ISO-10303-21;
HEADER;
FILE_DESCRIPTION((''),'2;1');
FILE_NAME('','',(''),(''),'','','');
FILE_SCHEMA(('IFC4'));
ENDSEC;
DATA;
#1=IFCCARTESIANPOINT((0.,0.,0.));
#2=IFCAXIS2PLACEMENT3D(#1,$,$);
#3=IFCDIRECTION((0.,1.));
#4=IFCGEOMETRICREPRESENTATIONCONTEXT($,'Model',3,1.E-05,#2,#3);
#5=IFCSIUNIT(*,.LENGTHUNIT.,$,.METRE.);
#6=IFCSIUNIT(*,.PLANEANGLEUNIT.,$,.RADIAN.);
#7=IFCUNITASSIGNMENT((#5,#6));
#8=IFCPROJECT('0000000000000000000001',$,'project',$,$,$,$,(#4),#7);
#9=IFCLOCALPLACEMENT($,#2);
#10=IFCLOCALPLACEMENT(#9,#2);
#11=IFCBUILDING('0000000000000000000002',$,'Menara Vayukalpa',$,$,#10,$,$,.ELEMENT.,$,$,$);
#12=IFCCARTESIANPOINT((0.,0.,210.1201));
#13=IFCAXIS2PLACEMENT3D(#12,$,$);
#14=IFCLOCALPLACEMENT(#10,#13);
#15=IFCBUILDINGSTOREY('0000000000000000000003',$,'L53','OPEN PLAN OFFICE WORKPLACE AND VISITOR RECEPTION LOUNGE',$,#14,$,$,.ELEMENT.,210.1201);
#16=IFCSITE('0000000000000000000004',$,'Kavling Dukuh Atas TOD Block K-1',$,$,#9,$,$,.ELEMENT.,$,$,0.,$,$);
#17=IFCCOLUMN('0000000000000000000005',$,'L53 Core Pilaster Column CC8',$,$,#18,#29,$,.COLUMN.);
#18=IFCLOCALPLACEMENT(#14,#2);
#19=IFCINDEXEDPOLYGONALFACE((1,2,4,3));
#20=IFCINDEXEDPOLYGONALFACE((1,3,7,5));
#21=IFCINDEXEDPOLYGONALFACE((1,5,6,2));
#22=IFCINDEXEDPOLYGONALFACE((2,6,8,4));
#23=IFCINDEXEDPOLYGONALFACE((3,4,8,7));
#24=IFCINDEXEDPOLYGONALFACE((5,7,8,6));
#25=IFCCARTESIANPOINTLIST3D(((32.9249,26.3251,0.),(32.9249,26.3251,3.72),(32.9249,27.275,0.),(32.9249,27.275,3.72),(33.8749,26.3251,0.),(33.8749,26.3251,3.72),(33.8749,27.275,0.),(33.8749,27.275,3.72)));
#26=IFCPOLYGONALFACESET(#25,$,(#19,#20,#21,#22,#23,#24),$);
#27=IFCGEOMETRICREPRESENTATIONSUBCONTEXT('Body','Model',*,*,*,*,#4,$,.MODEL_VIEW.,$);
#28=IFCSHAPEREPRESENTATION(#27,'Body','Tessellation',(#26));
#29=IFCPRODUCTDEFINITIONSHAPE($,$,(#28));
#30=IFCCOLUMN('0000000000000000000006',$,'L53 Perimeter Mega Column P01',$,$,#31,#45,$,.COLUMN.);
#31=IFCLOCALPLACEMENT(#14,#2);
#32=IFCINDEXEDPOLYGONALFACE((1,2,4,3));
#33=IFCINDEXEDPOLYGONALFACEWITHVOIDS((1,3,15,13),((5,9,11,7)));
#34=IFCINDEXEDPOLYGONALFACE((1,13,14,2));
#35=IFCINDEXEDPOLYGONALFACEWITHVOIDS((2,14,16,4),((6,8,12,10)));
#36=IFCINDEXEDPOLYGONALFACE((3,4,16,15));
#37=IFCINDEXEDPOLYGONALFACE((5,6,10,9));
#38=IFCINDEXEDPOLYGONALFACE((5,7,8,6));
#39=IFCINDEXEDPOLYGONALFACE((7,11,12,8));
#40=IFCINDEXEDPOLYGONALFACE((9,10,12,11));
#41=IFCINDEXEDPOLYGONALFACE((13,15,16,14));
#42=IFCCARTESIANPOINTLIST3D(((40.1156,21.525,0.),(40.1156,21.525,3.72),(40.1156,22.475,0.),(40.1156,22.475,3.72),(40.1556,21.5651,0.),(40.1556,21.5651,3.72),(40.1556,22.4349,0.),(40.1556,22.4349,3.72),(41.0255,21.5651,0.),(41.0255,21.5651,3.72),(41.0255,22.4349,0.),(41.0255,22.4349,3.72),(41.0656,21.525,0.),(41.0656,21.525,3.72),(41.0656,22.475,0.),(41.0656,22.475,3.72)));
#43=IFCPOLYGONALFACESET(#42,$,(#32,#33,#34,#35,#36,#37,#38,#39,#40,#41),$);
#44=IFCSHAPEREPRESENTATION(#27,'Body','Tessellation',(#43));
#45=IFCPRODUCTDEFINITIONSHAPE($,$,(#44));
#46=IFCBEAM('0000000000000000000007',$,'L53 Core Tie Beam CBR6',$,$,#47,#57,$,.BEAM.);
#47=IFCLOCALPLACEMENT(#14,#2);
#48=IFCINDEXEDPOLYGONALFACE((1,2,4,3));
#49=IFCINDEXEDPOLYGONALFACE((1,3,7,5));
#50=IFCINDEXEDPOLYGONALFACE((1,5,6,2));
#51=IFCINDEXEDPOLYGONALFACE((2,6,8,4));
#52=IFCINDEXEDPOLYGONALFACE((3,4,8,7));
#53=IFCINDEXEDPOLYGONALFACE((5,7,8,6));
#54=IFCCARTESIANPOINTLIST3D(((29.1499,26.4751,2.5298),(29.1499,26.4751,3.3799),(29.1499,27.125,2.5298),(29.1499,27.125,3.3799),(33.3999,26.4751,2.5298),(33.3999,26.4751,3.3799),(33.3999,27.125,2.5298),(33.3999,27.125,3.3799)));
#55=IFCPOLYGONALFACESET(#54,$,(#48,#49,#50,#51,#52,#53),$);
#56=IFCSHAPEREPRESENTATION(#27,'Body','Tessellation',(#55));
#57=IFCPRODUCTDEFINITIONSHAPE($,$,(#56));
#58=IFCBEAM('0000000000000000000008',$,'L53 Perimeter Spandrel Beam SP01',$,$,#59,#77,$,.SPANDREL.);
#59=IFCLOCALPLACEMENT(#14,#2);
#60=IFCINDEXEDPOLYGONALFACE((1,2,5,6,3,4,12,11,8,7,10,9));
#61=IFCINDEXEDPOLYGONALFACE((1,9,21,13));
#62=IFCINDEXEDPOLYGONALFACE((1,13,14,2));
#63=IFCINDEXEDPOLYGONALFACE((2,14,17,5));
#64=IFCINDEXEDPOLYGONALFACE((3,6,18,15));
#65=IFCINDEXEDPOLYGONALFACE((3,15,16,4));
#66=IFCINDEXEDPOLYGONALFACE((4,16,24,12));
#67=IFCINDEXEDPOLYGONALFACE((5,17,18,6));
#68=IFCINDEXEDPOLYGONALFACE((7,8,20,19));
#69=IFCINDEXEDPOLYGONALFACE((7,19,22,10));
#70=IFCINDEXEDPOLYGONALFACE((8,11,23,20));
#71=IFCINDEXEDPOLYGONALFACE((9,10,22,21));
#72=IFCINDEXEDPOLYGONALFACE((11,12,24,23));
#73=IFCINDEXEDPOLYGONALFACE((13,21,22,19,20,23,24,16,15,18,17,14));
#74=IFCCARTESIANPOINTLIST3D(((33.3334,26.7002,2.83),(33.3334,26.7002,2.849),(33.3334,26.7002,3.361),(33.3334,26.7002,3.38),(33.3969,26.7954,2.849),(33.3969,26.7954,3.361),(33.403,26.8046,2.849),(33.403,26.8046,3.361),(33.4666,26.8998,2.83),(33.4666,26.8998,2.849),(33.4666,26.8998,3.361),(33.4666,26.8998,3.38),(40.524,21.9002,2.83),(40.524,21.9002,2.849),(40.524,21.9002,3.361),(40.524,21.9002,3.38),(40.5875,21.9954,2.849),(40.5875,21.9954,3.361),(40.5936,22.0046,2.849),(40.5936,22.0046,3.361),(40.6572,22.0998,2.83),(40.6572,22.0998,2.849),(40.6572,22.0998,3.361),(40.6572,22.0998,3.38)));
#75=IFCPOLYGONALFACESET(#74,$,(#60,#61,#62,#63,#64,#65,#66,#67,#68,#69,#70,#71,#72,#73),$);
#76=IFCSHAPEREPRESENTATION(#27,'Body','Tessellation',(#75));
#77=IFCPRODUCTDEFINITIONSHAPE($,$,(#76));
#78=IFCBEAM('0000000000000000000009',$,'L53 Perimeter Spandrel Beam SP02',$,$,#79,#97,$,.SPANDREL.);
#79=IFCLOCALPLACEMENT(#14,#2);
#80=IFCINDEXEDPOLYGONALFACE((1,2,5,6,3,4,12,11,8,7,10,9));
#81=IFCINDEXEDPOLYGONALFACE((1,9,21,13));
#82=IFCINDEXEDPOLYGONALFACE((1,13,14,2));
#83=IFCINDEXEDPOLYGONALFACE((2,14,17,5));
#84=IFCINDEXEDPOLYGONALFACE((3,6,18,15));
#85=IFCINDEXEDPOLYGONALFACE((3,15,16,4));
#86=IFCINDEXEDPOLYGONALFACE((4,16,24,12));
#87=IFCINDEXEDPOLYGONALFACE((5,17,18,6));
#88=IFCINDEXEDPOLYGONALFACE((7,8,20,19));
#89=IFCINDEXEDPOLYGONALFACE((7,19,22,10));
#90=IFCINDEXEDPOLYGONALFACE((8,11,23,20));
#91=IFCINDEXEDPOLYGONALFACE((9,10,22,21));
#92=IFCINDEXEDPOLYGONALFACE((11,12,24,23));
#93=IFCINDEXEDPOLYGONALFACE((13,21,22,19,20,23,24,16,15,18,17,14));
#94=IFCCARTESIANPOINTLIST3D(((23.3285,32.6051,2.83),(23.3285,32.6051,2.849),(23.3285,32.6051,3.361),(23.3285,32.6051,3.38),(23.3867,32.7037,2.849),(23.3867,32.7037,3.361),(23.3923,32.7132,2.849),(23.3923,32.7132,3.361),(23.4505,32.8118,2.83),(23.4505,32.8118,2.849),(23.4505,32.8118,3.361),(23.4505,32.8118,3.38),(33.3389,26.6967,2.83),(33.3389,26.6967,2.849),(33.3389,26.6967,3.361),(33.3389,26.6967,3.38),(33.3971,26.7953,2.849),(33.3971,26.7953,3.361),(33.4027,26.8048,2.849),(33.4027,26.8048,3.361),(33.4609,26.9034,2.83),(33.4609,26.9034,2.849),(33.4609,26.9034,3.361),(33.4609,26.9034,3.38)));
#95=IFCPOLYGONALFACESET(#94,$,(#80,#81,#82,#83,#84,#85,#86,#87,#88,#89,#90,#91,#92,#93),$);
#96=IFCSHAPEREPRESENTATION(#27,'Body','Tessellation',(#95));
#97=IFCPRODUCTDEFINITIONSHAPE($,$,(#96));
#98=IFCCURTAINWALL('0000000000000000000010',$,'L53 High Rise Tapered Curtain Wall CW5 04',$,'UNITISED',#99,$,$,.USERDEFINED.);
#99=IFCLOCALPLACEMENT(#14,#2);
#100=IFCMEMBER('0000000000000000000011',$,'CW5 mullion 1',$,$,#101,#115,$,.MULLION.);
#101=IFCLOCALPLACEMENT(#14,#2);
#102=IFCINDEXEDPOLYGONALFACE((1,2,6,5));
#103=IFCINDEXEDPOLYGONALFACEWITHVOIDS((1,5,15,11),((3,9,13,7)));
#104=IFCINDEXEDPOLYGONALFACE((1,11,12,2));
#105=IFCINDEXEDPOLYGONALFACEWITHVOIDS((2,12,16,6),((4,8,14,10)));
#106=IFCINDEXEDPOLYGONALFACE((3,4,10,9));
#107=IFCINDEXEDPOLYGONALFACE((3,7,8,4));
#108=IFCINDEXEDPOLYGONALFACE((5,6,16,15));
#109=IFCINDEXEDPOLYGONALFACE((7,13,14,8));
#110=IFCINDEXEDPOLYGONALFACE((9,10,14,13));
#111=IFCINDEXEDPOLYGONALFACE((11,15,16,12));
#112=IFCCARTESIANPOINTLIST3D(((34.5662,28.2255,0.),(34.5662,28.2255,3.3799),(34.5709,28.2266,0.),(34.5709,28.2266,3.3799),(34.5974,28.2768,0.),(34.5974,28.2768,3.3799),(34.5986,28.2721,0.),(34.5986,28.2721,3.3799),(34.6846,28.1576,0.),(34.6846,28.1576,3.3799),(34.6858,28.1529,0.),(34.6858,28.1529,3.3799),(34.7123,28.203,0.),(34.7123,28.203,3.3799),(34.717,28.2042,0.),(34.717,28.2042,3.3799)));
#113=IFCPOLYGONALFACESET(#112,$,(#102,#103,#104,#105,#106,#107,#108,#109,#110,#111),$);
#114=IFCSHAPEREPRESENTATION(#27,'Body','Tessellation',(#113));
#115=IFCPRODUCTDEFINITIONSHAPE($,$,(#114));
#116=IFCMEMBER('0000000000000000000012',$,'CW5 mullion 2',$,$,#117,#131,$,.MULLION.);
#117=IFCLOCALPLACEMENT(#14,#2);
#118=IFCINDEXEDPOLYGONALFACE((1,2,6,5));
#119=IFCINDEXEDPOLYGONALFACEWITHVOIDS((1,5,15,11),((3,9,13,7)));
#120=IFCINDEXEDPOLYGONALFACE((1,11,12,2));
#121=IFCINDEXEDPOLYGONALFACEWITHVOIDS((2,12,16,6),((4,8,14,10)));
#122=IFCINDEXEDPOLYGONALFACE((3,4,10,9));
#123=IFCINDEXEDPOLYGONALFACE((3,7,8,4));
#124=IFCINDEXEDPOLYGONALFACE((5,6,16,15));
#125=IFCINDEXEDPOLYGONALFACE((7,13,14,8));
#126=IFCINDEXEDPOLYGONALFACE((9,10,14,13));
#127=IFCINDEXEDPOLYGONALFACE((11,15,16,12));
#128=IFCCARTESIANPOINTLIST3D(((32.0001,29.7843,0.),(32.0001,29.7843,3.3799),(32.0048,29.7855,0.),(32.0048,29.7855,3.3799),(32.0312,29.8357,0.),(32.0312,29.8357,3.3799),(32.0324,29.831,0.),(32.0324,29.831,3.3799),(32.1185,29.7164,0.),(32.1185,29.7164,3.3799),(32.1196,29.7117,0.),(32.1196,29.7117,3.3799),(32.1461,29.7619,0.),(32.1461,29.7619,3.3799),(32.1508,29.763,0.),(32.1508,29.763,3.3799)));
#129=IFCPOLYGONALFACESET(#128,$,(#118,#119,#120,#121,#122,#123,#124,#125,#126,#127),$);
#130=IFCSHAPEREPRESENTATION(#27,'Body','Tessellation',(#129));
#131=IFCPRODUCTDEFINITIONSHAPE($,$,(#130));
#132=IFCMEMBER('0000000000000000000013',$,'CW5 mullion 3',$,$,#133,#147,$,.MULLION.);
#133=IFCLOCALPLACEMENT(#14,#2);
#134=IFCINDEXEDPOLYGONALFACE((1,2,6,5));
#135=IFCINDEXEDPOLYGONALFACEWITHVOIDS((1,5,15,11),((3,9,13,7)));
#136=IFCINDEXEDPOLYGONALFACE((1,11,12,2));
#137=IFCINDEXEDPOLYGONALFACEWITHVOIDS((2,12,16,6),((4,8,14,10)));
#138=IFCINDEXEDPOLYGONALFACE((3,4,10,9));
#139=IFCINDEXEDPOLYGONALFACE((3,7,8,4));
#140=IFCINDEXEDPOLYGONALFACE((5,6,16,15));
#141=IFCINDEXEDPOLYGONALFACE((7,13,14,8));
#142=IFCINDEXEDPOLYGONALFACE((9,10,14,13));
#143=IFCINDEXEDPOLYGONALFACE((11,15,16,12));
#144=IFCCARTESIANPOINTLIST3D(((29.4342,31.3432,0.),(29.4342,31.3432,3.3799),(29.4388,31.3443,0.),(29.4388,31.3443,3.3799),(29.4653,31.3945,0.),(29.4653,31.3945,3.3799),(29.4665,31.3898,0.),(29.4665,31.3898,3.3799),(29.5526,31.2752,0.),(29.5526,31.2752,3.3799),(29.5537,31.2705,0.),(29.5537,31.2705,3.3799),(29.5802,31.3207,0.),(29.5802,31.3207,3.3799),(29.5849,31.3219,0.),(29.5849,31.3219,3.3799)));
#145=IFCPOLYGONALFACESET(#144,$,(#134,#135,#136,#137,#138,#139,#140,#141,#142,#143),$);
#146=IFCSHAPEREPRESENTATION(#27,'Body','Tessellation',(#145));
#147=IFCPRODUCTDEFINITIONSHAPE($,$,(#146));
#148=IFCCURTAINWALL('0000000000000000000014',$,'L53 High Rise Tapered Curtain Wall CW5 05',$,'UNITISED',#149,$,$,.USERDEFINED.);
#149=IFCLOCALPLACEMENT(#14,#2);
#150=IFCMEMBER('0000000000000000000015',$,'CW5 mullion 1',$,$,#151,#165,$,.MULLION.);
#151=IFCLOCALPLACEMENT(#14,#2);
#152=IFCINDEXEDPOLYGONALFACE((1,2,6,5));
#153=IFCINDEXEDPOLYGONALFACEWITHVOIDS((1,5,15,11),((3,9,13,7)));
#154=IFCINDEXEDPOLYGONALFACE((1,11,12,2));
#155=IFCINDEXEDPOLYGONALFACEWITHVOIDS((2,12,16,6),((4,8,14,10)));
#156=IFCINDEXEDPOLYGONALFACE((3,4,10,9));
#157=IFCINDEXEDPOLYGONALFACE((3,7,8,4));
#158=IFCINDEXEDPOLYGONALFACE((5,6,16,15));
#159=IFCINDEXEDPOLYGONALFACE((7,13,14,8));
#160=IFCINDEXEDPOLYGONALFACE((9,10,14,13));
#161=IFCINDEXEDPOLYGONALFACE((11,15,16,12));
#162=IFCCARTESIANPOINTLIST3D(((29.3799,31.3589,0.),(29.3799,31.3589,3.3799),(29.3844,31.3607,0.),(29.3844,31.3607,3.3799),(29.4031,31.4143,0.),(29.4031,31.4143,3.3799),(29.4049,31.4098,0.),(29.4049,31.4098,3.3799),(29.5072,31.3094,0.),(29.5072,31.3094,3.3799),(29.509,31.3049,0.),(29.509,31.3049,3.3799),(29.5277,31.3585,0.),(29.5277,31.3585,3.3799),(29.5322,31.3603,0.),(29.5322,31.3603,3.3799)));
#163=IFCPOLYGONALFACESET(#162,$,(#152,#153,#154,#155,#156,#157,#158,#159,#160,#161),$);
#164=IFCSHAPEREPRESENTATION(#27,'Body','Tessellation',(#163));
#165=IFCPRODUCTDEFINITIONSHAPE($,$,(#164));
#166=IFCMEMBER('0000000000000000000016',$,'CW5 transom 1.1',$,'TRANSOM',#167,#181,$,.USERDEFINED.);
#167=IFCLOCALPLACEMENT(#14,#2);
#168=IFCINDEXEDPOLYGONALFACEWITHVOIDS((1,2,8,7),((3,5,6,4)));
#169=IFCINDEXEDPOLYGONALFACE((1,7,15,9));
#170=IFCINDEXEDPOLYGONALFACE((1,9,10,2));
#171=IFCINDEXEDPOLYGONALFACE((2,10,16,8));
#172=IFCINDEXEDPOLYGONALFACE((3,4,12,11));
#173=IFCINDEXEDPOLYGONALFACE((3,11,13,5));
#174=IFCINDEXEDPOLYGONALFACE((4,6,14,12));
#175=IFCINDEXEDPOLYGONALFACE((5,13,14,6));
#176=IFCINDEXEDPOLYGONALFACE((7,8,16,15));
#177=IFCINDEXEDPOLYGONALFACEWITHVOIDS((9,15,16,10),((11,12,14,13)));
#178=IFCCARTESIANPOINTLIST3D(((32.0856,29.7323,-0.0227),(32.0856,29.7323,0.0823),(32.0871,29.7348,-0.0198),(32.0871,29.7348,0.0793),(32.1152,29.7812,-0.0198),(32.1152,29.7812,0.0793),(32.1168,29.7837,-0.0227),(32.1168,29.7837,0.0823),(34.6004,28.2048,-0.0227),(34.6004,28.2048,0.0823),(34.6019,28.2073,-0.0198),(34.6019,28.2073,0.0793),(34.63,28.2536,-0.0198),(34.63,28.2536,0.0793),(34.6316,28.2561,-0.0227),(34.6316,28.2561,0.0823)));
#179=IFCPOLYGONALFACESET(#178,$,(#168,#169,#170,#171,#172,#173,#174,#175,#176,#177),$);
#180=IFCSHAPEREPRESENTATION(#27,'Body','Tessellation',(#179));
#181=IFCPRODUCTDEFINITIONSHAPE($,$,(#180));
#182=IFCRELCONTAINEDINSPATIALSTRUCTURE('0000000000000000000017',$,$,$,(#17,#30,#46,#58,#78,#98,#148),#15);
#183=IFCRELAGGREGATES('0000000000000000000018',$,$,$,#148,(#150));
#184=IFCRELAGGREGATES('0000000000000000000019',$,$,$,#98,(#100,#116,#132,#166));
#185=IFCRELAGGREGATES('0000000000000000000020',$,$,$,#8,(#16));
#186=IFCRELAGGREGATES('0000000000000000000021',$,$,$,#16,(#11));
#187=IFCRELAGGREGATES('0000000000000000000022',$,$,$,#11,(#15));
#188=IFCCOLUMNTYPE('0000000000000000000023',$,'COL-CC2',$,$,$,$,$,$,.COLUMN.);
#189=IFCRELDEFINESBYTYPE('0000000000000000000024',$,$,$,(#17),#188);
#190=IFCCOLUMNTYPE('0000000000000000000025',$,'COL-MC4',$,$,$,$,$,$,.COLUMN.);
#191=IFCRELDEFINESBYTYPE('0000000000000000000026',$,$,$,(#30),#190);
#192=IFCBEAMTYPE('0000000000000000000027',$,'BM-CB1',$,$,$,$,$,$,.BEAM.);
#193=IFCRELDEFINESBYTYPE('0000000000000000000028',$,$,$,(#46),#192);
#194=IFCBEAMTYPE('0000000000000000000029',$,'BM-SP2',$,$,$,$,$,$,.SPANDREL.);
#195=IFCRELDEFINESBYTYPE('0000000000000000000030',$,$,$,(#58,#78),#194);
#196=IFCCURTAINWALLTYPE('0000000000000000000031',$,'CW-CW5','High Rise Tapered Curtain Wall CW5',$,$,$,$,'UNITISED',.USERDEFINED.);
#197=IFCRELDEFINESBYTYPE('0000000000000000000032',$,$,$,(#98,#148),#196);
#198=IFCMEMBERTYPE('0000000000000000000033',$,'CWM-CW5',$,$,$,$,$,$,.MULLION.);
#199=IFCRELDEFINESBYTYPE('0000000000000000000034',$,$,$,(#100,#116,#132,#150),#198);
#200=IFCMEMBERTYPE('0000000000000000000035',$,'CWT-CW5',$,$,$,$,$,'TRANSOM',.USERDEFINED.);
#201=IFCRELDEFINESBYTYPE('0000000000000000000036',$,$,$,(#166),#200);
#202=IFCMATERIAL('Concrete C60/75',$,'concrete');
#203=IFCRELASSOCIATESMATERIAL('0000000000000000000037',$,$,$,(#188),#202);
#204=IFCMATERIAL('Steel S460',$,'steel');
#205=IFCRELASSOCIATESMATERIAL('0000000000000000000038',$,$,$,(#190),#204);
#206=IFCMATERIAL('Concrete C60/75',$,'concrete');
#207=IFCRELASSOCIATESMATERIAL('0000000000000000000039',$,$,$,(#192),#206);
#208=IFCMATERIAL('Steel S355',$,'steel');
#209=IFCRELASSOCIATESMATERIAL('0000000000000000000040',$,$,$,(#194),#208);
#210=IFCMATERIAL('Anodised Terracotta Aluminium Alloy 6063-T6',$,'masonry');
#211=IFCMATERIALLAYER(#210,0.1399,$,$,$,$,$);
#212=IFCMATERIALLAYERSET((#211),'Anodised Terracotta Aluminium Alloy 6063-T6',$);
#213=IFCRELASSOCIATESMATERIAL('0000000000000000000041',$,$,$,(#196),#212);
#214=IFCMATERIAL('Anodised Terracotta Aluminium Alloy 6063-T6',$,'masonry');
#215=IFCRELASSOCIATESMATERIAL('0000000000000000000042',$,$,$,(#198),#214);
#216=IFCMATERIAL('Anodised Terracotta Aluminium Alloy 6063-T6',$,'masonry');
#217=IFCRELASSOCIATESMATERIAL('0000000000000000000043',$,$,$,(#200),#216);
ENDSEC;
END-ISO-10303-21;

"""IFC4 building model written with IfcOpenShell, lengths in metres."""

from ifc_helpers import new_model, si_unit, direction, frame, origin, origin_2d, place, context, subcontext, project, spatial, rectangle, hollow_rectangle, i_section, extrude, material, layer, layer_set, material_profile, profile_set, type_object, element, aggregate, save


model = new_model("IFC4")

# Units and contexts
model_context = context("Model", 3, precision=1e-05, world=origin(), true_north=direction((0.0, 1.0)))
body_context = subcontext(model_context, "Body", "Model", "MODEL_VIEW")
ifc_project = project(units=[si_unit("LENGTHUNIT", "METRE"), si_unit("PLANEANGLEUNIT", "RADIAN")], contexts=[model_context])

# Site, building, storey
site_placement = place(None, origin())
site = spatial("IfcSite", under=ifc_project, at=site_placement, Name="Kavling Dukuh Atas TOD Block K-1", CompositionType="ELEMENT", RefElevation=0.0)
building_placement = place(site_placement, origin())
building = spatial("IfcBuilding", under=site, at=building_placement, Name="Menara Vayukalpa", CompositionType="ELEMENT")
storey_placement = place(building_placement, frame((0.0, 0.0, 210.1201)))
storey = spatial("IfcBuildingStorey", under=building, at=storey_placement, Name="L53", Description="OPEN PLAN OFFICE WORKPLACE AND VISITOR RECEPTION LOUNGE", CompositionType="ELEMENT", Elevation=210.1201)

# Columns
ifc_material_1 = material(Name="Concrete C60/75", Category="concrete")
ifc_material_profile_1 = material_profile(ifc_material_1, rectangle(XDim=0.95, YDim=0.95, at=origin_2d()), Name="RC 950x950")
ifc_profile_set_1 = profile_set([ifc_material_profile_1], Name="Concrete C60/75")
column_type_1 = type_object("IfcColumnType", Name="COL-CC2", PredefinedType="COLUMN", material=ifc_profile_set_1)
column_1_placement = place(storey_placement, frame((33.3999, 26.8, 0.0), z_axis=(0.0, 0.0, 1.0), x_axis=(1.0, 0.0, 0.0)))
element("IfcColumn", 1, at=column_1_placement, inside=storey, type_object=column_type_1, Name="L53 Core Pilaster Column CC8", PredefinedType="COLUMN", context=body_context, shape_type="SweptSolid", body=[
    extrude(rectangle(XDim=0.95, YDim=0.95, at=origin_2d()), origin(), (0.0, 0.0, 1.0), 3.72),
])
ifc_material_2 = material(Name="Steel S460", Category="steel")
ifc_material_profile_2 = material_profile(ifc_material_2, hollow_rectangle(XDim=0.95, YDim=0.95, WallThickness=0.04, at=origin_2d()), Name="BOX 950x950x40")
ifc_profile_set_2 = profile_set([ifc_material_profile_2], Name="Steel S460")
column_type_2 = type_object("IfcColumnType", Name="COL-MC4", PredefinedType="COLUMN", material=ifc_profile_set_2)
column_2_placement = place(storey_placement, frame((40.5906, 22.0, 0.0), z_axis=(0.0, 0.0, 1.0), x_axis=(1.0, 0.0, 0.0)))
element("IfcColumn", 2, at=column_2_placement, inside=storey, type_object=column_type_2, Name="L53 Perimeter Mega Column P01", PredefinedType="COLUMN", context=body_context, shape_type="SweptSolid", body=[
    extrude(hollow_rectangle(XDim=0.95, YDim=0.95, WallThickness=0.04, at=origin_2d()), origin(), (0.0, 0.0, 1.0), 3.72),
])

# Beams
ifc_material_3 = material(Name="Concrete C60/75", Category="concrete")
ifc_material_profile_3 = material_profile(ifc_material_3, rectangle(XDim=0.6499, YDim=0.8501, at=origin_2d()), Name="RC 650x850")
ifc_profile_set_3 = profile_set([ifc_material_profile_3], Name="Concrete C60/75")
beam_type_1 = type_object("IfcBeamType", Name="BM-CB1", PredefinedType="BEAM", material=ifc_profile_set_3)
beam_1_placement = place(storey_placement, frame((29.1499, 26.8, 2.9548), z_axis=(1.0, 0.0, 0.0), x_axis=(0.0, 1.0, 0.0)))
element("IfcBeam", 3, at=beam_1_placement, inside=storey, type_object=beam_type_1, Name="L53 Core Tie Beam CBR6", PredefinedType="BEAM", context=body_context, shape_type="SweptSolid", body=[
    extrude(rectangle(XDim=0.6499, YDim=0.8501, at=origin_2d()), origin(), (0.0, 0.0, 1.0), 4.25),
])
ifc_material_4 = material(Name="Steel S355", Category="steel")
ifc_material_profile_4 = material_profile(ifc_material_4, i_section(OverallWidth=0.24, OverallDepth=0.55, WebThickness=0.011, FlangeThickness=0.019, at=origin_2d()), Name="WF 550x240x11x19")
ifc_profile_set_4 = profile_set([ifc_material_profile_4], Name="Steel S355")
beam_type_2 = type_object("IfcBeamType", Name="BM-SP2", PredefinedType="SPANDREL", material=ifc_profile_set_4)
beam_2_placement = place(storey_placement, frame((40.5906, 22.0, 3.105), z_axis=(-0.831716, 0.555202, 0.0), x_axis=(-0.555202, -0.831716, 0.0)))
element("IfcBeam", 4, at=beam_2_placement, inside=storey, type_object=beam_type_2, Name="L53 Perimeter Spandrel Beam SP01", PredefinedType="SPANDREL", context=body_context, shape_type="SweptSolid", body=[
    extrude(i_section(OverallWidth=0.24, OverallDepth=0.55, WebThickness=0.011, FlangeThickness=0.019, at=origin_2d()), origin(), (0.0, 0.0, 1.0), 8.6455),
])
beam_3_placement = place(storey_placement, frame((33.3999, 26.8, 3.105), z_axis=(-0.861184, 0.508293, 0.0), x_axis=(-0.508293, -0.861184, 0.0)))
element("IfcBeam", 5, at=beam_3_placement, inside=storey, type_object=beam_type_2, Name="L53 Perimeter Spandrel Beam SP02", PredefinedType="SPANDREL", context=body_context, shape_type="SweptSolid", body=[
    extrude(i_section(OverallWidth=0.24, OverallDepth=0.55, WebThickness=0.011, FlangeThickness=0.019, at=origin_2d()), origin(), (0.0, 0.0, 1.0), 11.624),
])

# Curtain wall, members
ifc_material_5 = material(Name="Anodised Terracotta Aluminium Alloy 6063-T6", Category="masonry")
ifc_layer_1 = layer(ifc_material_5, 0.1399)
ifc_layer_set_1 = layer_set([ifc_layer_1], Name="Anodised Terracotta Aluminium Alloy 6063-T6")
curtain_wall_type = type_object("IfcCurtainWallType", Name="CW-CW5", Description="High Rise Tapered Curtain Wall CW5", ElementType="UNITISED", PredefinedType="USERDEFINED", material=ifc_layer_set_1)
curtain_wall_1_placement = place(storey_placement, origin())
curtain_wall_1 = element("IfcCurtainWall", 6, at=curtain_wall_1_placement, inside=storey, type_object=curtain_wall_type, Name="L53 High Rise Tapered Curtain Wall CW5 04", ObjectType="UNITISED", PredefinedType="USERDEFINED")
ifc_material_6 = material(Name="Anodised Terracotta Aluminium Alloy 6063-T6", Category="masonry")
ifc_material_profile_5 = material_profile(ifc_material_6, hollow_rectangle(XDim=0.0601, YDim=0.1399, WallThickness=0.0034, at=origin_2d()), Name="ALU 60x140x3.5")
ifc_profile_set_5 = profile_set([ifc_material_profile_5], Name="Anodised Terracotta Aluminium Alloy 6063-T6")
member_type_1 = type_object("IfcMemberType", Name="CWM-CW5", PredefinedType="MULLION", material=ifc_profile_set_5)
member_1_placement = place(storey_placement, frame((34.6416, 28.2148, 0.0), z_axis=(0.0, 0.0, 1.0), x_axis=(-0.51918, -0.854665, 0.0)))
member_1 = element("IfcMember", 7, at=member_1_placement, type_object=member_type_1, Name="CW5 mullion 1", PredefinedType="MULLION", context=body_context, shape_type="SweptSolid", body=[
    extrude(hollow_rectangle(XDim=0.0601, YDim=0.1399, WallThickness=0.0034, at=origin_2d()), origin(), (0.0, 0.0, 1.0), 3.3799),
])
member_2_placement = place(storey_placement, frame((32.0754, 29.7737, 0.0), z_axis=(0.0, 0.0, 1.0), x_axis=(-0.51918, -0.854665, 0.0)))
member_2 = element("IfcMember", 8, at=member_2_placement, type_object=member_type_1, Name="CW5 mullion 2", PredefinedType="MULLION", context=body_context, shape_type="SweptSolid", body=[
    extrude(hollow_rectangle(XDim=0.0601, YDim=0.1399, WallThickness=0.0034, at=origin_2d()), origin(), (0.0, 0.0, 1.0), 3.3799),
])
member_3_placement = place(storey_placement, frame((29.5095, 31.3325, 0.0), z_axis=(0.0, 0.0, 1.0), x_axis=(-0.51918, -0.854665, 0.0)))
member_3 = element("IfcMember", 9, at=member_3_placement, type_object=member_type_1, Name="CW5 mullion 3", PredefinedType="MULLION", context=body_context, shape_type="SweptSolid", body=[
    extrude(hollow_rectangle(XDim=0.0601, YDim=0.1399, WallThickness=0.0034, at=origin_2d()), origin(), (0.0, 0.0, 1.0), 3.3799),
])

# Curtain wall, member
curtain_wall_2_placement = place(storey_placement, origin())
curtain_wall_2 = element("IfcCurtainWall", 10, at=curtain_wall_2_placement, inside=storey, type_object=curtain_wall_type, Name="L53 High Rise Tapered Curtain Wall CW5 05", ObjectType="UNITISED", PredefinedType="USERDEFINED")
member_4_placement = place(storey_placement, frame((29.4561, 31.3596, 0.0), z_axis=(0.0, 0.0, 1.0), x_axis=(-0.385903, -0.922539, 0.0)))
member_4 = element("IfcMember", 11, at=member_4_placement, type_object=member_type_1, Name="CW5 mullion 1", PredefinedType="MULLION", context=body_context, shape_type="SweptSolid", body=[
    extrude(hollow_rectangle(XDim=0.0601, YDim=0.1399, WallThickness=0.0034, at=origin_2d()), origin(), (0.0, 0.0, 1.0), 3.3799),
])

# Member
ifc_material_7 = material(Name="Anodised Terracotta Aluminium Alloy 6063-T6", Category="masonry")
ifc_material_profile_6 = material_profile(ifc_material_7, hollow_rectangle(XDim=0.0601, YDim=0.105, WallThickness=0.0029, at=origin_2d()), Name="ALU 60x105x3")
ifc_profile_set_6 = profile_set([ifc_material_profile_6], Name="Anodised Terracotta Aluminium Alloy 6063-T6")
member_type_2 = type_object("IfcMemberType", Name="CWT-CW5", ElementType="TRANSOM", PredefinedType="USERDEFINED", material=ifc_profile_set_6)
member_5_placement = place(storey_placement, frame((34.616, 28.2305, 0.0298), z_axis=(-0.854684, 0.519149, 0.0), x_axis=(-0.519149, -0.854684, 0.0)))
member_5 = element("IfcMember", 12, at=member_5_placement, type_object=member_type_2, Name="CW5 transom 1.1", ObjectType="TRANSOM", PredefinedType="USERDEFINED", context=body_context, shape_type="SweptSolid", body=[
    extrude(hollow_rectangle(XDim=0.0601, YDim=0.105, WallThickness=0.0029, at=origin_2d()), origin(), (0.0, 0.0, 1.0), 2.9424),
])
aggregate(curtain_wall_2, [member_4])

aggregate(curtain_wall_1, [member_1, member_2, member_3, member_5])

save(model, "model.ifc")
